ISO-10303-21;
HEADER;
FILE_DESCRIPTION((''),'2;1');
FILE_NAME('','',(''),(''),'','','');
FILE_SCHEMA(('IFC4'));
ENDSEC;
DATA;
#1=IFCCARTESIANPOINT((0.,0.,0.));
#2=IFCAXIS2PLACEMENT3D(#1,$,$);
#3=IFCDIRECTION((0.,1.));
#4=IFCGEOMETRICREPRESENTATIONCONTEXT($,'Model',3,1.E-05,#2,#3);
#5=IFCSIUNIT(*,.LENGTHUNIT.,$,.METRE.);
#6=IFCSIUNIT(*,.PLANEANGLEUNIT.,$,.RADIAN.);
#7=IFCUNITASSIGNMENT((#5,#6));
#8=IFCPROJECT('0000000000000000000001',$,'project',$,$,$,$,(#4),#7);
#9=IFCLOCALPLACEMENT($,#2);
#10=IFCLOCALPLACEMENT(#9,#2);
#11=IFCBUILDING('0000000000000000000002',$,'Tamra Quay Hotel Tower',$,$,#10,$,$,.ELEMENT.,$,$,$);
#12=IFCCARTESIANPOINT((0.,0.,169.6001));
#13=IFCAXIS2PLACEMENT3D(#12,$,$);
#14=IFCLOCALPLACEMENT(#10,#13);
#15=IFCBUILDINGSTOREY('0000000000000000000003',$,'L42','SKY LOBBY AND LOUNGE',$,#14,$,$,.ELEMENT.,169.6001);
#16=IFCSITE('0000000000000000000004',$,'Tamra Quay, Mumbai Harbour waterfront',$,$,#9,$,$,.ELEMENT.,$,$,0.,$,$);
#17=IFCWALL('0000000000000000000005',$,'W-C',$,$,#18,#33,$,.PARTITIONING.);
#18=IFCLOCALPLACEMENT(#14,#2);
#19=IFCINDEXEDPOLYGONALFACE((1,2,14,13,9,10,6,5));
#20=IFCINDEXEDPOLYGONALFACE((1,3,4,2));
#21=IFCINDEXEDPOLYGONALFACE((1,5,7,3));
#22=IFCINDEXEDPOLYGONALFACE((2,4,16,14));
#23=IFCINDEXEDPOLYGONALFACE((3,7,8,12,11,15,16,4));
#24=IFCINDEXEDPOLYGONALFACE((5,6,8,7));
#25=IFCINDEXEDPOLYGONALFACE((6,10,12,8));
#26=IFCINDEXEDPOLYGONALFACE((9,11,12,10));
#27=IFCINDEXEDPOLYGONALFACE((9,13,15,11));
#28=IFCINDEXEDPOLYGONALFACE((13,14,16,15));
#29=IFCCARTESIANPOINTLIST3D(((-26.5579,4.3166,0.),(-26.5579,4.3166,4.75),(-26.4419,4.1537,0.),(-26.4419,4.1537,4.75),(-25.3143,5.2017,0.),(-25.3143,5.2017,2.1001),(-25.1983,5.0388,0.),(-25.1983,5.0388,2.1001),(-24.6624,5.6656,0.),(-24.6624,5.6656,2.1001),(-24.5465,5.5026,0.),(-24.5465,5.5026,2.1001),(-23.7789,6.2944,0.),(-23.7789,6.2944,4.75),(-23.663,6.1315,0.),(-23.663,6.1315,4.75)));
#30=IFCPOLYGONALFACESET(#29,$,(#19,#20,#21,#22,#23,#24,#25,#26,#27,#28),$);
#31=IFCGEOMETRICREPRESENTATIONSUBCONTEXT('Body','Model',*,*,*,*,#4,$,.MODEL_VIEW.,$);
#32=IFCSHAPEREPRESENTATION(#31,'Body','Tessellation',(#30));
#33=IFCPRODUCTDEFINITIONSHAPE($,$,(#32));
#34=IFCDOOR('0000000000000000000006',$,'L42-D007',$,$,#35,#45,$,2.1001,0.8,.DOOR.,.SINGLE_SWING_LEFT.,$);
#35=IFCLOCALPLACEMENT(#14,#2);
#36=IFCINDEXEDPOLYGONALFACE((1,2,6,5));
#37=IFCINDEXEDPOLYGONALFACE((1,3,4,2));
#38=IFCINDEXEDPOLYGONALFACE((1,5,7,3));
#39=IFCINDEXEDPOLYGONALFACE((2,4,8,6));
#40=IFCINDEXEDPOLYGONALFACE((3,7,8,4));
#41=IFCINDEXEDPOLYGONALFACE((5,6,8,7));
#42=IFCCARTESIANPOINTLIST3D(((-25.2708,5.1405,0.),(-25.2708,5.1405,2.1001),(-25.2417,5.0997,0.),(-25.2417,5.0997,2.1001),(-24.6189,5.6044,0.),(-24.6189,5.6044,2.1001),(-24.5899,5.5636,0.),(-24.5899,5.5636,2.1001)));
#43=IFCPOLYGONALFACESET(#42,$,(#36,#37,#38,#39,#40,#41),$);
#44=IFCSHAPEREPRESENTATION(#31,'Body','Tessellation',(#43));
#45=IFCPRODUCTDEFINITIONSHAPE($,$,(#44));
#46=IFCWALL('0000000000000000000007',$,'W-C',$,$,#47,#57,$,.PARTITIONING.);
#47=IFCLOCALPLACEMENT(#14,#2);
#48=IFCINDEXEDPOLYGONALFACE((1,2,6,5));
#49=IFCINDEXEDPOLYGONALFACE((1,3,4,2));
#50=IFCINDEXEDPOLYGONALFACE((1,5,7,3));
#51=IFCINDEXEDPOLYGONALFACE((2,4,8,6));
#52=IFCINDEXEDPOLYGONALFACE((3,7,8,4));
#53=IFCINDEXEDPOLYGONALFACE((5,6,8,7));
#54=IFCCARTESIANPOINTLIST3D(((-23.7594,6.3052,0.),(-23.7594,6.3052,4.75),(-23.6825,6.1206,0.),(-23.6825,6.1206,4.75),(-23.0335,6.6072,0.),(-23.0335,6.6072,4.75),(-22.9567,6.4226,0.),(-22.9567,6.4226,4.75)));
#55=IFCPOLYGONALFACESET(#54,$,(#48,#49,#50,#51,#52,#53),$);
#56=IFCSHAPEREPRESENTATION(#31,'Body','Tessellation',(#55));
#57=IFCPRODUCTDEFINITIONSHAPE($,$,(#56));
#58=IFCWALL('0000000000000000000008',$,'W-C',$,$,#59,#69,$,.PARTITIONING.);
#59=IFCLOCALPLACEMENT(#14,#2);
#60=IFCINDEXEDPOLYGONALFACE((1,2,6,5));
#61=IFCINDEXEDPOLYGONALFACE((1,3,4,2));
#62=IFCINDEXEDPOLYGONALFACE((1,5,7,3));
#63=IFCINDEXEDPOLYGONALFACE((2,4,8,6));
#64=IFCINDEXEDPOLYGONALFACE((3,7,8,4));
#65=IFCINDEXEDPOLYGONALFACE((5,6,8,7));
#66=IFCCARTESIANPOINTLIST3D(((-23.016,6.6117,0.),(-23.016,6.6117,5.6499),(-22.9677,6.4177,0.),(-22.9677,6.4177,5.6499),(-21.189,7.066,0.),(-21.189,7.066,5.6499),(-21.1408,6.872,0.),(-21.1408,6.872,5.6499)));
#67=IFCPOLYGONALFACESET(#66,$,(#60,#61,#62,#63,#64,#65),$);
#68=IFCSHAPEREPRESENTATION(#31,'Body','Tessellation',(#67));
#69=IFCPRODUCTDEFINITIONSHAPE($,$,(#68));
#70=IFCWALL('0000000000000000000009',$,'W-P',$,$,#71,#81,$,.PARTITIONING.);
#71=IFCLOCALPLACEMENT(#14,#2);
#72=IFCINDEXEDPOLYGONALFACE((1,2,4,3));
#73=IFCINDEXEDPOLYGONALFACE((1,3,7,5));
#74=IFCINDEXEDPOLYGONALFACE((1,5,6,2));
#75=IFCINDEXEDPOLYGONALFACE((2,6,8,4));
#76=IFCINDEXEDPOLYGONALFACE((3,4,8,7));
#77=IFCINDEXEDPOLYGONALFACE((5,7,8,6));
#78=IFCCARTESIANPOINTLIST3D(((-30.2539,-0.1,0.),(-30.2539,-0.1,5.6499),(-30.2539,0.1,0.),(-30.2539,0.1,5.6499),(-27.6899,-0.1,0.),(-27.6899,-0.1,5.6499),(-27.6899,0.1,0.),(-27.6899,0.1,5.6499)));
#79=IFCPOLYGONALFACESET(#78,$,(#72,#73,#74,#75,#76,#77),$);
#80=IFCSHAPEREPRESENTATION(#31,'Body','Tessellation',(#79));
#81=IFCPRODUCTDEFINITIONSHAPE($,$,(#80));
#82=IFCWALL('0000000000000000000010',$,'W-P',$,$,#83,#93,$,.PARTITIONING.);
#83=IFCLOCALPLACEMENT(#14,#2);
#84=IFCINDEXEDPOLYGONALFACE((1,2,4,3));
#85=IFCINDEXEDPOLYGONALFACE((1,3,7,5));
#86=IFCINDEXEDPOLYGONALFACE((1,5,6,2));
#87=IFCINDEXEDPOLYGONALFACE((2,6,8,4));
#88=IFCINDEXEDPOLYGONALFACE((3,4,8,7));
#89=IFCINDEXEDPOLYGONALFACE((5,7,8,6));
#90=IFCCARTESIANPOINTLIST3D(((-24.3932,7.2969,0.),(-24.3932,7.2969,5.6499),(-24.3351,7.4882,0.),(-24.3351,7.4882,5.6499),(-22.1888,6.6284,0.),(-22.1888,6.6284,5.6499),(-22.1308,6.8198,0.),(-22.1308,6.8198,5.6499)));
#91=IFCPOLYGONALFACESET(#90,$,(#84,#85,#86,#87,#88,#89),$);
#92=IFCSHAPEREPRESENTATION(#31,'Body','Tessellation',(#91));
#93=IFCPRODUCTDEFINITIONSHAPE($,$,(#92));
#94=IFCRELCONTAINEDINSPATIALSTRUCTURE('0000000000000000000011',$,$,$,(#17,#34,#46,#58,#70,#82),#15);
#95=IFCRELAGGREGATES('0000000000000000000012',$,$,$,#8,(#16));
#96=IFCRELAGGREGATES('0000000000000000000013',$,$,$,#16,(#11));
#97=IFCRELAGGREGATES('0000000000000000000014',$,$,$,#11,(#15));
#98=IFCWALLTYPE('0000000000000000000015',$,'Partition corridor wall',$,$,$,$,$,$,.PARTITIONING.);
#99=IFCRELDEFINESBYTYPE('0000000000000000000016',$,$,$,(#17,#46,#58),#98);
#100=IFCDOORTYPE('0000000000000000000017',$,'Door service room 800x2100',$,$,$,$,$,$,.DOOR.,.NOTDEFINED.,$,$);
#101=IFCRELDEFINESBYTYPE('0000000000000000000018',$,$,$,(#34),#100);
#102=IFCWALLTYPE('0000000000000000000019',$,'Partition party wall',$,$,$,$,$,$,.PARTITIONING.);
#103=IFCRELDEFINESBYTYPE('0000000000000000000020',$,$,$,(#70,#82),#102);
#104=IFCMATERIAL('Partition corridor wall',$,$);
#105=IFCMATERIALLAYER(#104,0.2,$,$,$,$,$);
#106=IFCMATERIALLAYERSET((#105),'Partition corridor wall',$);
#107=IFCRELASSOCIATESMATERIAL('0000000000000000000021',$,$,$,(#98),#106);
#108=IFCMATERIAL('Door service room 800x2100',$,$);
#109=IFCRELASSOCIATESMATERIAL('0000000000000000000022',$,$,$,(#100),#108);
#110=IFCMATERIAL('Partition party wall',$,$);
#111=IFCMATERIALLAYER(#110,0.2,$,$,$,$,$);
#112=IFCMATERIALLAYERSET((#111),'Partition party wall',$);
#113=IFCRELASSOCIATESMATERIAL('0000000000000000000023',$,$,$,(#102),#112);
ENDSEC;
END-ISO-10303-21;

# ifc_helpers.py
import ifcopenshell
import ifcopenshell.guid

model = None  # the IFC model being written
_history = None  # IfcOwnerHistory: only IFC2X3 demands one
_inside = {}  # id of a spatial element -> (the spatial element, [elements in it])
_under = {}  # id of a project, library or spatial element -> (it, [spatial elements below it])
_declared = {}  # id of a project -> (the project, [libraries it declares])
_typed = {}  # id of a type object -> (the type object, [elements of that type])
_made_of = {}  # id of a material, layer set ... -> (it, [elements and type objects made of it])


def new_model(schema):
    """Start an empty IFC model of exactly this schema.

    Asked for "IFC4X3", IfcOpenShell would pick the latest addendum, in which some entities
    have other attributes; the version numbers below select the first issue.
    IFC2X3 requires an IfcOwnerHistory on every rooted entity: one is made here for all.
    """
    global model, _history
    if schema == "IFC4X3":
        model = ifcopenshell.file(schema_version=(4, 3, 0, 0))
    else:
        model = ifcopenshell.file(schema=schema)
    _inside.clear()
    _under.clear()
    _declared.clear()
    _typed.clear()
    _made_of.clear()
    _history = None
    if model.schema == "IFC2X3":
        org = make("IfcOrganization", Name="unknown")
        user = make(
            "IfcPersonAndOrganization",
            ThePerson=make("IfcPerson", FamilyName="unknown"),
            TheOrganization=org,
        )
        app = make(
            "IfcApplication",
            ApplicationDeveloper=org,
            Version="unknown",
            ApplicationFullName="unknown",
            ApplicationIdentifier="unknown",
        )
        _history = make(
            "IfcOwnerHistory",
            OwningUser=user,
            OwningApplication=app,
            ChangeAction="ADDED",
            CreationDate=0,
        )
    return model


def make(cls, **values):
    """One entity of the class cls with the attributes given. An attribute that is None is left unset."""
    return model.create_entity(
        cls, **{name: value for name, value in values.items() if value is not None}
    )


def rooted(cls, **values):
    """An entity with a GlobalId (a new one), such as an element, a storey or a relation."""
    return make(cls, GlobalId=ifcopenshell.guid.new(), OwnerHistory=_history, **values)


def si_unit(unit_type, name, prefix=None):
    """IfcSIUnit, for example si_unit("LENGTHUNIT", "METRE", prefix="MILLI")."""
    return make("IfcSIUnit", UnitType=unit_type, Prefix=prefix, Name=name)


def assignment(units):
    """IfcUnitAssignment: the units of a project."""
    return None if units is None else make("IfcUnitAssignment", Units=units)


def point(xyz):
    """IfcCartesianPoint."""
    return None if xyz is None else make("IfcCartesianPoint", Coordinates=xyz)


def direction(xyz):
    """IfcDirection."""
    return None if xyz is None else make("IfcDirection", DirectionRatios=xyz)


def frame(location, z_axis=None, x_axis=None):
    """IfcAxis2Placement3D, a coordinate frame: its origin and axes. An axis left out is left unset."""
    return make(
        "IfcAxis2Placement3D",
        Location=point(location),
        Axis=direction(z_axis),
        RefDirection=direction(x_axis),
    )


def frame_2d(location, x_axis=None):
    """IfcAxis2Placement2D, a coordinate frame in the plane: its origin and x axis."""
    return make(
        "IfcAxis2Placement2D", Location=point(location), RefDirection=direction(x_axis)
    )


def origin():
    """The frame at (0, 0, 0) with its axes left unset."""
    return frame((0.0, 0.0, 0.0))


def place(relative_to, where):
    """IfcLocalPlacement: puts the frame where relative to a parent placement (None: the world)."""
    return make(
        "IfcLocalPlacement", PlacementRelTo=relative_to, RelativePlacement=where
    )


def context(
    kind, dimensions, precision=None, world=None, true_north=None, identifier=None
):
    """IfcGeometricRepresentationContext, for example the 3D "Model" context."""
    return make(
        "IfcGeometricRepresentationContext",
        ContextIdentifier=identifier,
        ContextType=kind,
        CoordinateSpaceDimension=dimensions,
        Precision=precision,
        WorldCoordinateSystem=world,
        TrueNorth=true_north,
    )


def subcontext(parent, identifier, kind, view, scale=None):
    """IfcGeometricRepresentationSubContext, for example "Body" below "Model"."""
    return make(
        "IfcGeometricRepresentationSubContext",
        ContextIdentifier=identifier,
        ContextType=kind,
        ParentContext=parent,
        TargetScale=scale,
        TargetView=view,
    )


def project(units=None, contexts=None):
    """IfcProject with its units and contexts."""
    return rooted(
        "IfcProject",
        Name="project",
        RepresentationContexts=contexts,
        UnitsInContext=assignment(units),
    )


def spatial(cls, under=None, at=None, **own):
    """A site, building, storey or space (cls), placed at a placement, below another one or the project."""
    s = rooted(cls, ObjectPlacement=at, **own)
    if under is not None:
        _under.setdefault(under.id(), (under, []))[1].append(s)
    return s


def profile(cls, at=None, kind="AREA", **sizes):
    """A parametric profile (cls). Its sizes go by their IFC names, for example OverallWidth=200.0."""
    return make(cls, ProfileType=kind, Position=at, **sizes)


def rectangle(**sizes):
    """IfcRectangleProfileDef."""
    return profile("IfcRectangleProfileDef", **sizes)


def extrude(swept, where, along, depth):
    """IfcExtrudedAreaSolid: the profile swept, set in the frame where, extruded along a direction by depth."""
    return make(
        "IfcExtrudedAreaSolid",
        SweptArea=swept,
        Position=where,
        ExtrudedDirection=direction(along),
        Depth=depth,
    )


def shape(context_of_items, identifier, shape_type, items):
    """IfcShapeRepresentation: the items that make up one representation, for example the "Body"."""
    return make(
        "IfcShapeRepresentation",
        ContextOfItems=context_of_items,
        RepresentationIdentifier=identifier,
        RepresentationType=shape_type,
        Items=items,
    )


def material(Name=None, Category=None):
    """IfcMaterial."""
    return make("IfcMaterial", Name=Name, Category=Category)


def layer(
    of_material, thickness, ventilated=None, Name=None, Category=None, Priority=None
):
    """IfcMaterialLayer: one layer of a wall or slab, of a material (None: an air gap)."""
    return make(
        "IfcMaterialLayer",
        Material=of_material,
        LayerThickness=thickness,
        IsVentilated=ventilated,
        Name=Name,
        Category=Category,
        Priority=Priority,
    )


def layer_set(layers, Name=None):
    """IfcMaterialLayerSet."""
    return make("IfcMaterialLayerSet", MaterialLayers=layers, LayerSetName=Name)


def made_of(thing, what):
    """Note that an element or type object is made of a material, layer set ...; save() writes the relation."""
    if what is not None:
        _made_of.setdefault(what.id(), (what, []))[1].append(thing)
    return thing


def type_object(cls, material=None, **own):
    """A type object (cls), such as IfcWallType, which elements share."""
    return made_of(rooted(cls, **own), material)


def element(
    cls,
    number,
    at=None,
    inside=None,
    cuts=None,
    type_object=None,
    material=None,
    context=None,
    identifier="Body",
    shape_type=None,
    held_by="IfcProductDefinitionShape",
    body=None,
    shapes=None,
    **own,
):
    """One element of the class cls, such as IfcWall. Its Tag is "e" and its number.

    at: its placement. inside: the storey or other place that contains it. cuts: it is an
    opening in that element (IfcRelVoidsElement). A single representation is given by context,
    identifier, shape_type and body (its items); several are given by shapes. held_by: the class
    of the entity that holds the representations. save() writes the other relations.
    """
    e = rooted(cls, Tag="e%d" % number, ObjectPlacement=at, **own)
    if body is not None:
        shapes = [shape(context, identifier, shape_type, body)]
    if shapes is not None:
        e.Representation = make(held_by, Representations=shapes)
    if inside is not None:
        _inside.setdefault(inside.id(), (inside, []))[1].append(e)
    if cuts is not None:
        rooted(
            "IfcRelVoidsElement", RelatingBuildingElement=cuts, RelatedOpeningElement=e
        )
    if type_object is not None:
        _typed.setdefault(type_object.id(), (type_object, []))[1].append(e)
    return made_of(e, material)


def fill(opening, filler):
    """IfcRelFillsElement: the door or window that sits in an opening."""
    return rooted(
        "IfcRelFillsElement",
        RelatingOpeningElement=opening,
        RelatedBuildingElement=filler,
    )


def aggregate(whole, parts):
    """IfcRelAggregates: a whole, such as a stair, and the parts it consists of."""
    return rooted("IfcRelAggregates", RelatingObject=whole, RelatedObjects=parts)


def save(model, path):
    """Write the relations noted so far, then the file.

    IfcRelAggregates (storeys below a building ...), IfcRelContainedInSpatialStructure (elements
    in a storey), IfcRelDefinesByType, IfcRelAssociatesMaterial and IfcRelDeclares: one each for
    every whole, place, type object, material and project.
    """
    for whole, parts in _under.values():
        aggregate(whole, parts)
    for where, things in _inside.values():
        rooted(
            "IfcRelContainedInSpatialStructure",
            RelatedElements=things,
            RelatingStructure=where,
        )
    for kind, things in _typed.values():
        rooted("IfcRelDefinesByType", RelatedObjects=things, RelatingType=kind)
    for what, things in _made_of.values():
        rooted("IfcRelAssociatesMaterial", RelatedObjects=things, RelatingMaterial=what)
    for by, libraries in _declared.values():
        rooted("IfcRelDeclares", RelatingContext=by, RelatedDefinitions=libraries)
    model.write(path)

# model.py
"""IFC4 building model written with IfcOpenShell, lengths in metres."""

from ifc_helpers import new_model, si_unit, direction, frame, frame_2d, origin, place, context, subcontext, project, spatial, rectangle, extrude, material, layer, layer_set, type_object, element, fill, save


model = new_model("IFC4")

# Units and contexts
model_context = context("Model", 3, precision=1e-05, world=origin(), true_north=direction((0.0, 1.0)))
body_context = subcontext(model_context, "Body", "Model", "MODEL_VIEW")
ifc_project = project(units=[si_unit("LENGTHUNIT", "METRE"), si_unit("PLANEANGLEUNIT", "RADIAN")], contexts=[model_context])

# Site, building, storey
site_placement = place(None, origin())
site = spatial("IfcSite", under=ifc_project, at=site_placement, Name="Tamra Quay, Mumbai Harbour waterfront", CompositionType="ELEMENT", RefElevation=0.0)
building_placement = place(site_placement, origin())
building = spatial("IfcBuilding", under=site, at=building_placement, Name="Tamra Quay Hotel Tower", CompositionType="ELEMENT")
storey_placement = place(building_placement, frame((0.0, 0.0, 169.6001)))
storey = spatial("IfcBuildingStorey", under=building, at=storey_placement, Name="L42", Description="SKY LOBBY AND LOUNGE", CompositionType="ELEMENT", Elevation=169.6001)

# Shared definitions
ifc_material_1 = material(Name="Partition corridor wall")
ifc_layer_1 = layer(ifc_material_1, 0.2)
ifc_layer_set_1 = layer_set([ifc_layer_1], Name="Partition corridor wall")
wall_type_1 = type_object("IfcWallType", Name="Partition corridor wall", PredefinedType="PARTITIONING", material=ifc_layer_set_1)

# Wall, opening, door
wall_1_placement = place(storey_placement, frame((-26.5, 4.2351, 0.0), z_axis=(0.0, 0.0, 1.0), x_axis=(0.814738, 0.579829, 0.0)))
wall_1 = element("IfcWall", 1, at=wall_1_placement, inside=storey, type_object=wall_type_1, Name="W-C", PredefinedType="PARTITIONING", context=body_context, shape_type="SweptSolid", body=[
    extrude(rectangle(XDim=3.4109, YDim=0.2, at=frame_2d((1.7056, 0.0))), origin(), (0.0, 0.0, 1.0), 4.75),
])
opening_placement = place(wall_1_placement, frame((1.5266, 0.0, 0.0)))
opening = element("IfcOpeningElement", 2, at=opening_placement, cuts=wall_1, PredefinedType="OPENING", context=body_context, shape_type="SweptSolid", body=[
    extrude(rectangle(XDim=0.8, YDim=2.1001, at=frame_2d((0.3999, 1.05))), frame((0.0, 0.1099, 0.0), z_axis=(0.0, -1.0, 0.0), x_axis=(1.0, 0.0, 0.0)), (0.0, 0.0, 1.0), 0.22),
])
ifc_material_2 = material(Name="Door service room 800x2100")
door_type = type_object("IfcDoorType", Name="Door service room 800x2100", OperationType="NOTDEFINED", PredefinedType="DOOR", material=ifc_material_2)
door_placement = place(opening_placement, origin())
door = element("IfcDoor", 3, at=door_placement, inside=storey, type_object=door_type, Name="L42-D007", OperationType="SINGLE_SWING_LEFT", OverallHeight=2.1001, OverallWidth=0.8, PredefinedType="DOOR", context=body_context, shape_type="SweptSolid", body=[
    extrude(rectangle(XDim=0.8, YDim=2.1001, at=frame_2d((0.3999, 1.05))), frame((0.0, 0.0249, 0.0), z_axis=(0.0, -1.0, 0.0), x_axis=(1.0, 0.0, 0.0)), (0.0, 0.0, 1.0), 0.05),
])
fill(opening, door)

# Walls
wall_2_placement = place(storey_placement, frame((-23.7209, 6.2129, 0.0), z_axis=(0.0, 0.0, 1.0), x_axis=(0.92327, 0.384152, 0.0)))
element("IfcWall", 4, at=wall_2_placement, inside=storey, type_object=wall_type_1, Name="W-C", PredefinedType="PARTITIONING", context=body_context, shape_type="SweptSolid", body=[
    extrude(rectangle(XDim=0.7861, YDim=0.2, at=frame_2d((0.3931, 0.0))), origin(), (0.0, 0.0, 1.0), 4.75),
])
wall_3_placement = place(storey_placement, frame((-22.9919, 6.5146, 0.0), z_axis=(0.0, 0.0, 1.0), x_axis=(0.970439, 0.241345, 0.0)))
element("IfcWall", 5, at=wall_3_placement, inside=storey, type_object=wall_type_1, Name="W-C", PredefinedType="PARTITIONING", context=body_context, shape_type="SweptSolid", body=[
    extrude(rectangle(XDim=1.8826, YDim=0.2, at=frame_2d((0.9414, 0.0))), origin(), (0.0, 0.0, 1.0), 5.6499),
])
ifc_material_3 = material(Name="Partition party wall")
ifc_layer_2 = layer(ifc_material_3, 0.2)
ifc_layer_set_2 = layer_set([ifc_layer_2], Name="Partition party wall")
wall_type_2 = type_object("IfcWallType", Name="Partition party wall", PredefinedType="PARTITIONING", material=ifc_layer_set_2)
wall_4_placement = place(storey_placement, frame((-30.2539, 0.0, 0.0), z_axis=(0.0, 0.0, 1.0), x_axis=(1.0, 0.0, 0.0)))
element("IfcWall", 6, at=wall_4_placement, inside=storey, type_object=wall_type_2, Name="W-P", PredefinedType="PARTITIONING", context=body_context, shape_type="SweptSolid", body=[
    extrude(rectangle(XDim=2.564, YDim=0.2, at=frame_2d((1.282, 0.0))), origin(), (0.0, 0.0, 1.0), 5.6499),
])
wall_5_placement = place(storey_placement, frame((-24.3643, 7.3926, 0.0), z_axis=(0.0, 0.0, 1.0), x_axis=(0.956967, -0.290196, 0.0)))
element("IfcWall", 7, at=wall_5_placement, inside=storey, type_object=wall_type_2, Name="W-P", PredefinedType="PARTITIONING", context=body_context, shape_type="SweptSolid", body=[
    extrude(rectangle(XDim=2.3035, YDim=0.2, at=frame_2d((1.1519, 0.0))), origin(), (0.0, 0.0, 1.0), 5.6499),
])

save(model, "model.ifc")
